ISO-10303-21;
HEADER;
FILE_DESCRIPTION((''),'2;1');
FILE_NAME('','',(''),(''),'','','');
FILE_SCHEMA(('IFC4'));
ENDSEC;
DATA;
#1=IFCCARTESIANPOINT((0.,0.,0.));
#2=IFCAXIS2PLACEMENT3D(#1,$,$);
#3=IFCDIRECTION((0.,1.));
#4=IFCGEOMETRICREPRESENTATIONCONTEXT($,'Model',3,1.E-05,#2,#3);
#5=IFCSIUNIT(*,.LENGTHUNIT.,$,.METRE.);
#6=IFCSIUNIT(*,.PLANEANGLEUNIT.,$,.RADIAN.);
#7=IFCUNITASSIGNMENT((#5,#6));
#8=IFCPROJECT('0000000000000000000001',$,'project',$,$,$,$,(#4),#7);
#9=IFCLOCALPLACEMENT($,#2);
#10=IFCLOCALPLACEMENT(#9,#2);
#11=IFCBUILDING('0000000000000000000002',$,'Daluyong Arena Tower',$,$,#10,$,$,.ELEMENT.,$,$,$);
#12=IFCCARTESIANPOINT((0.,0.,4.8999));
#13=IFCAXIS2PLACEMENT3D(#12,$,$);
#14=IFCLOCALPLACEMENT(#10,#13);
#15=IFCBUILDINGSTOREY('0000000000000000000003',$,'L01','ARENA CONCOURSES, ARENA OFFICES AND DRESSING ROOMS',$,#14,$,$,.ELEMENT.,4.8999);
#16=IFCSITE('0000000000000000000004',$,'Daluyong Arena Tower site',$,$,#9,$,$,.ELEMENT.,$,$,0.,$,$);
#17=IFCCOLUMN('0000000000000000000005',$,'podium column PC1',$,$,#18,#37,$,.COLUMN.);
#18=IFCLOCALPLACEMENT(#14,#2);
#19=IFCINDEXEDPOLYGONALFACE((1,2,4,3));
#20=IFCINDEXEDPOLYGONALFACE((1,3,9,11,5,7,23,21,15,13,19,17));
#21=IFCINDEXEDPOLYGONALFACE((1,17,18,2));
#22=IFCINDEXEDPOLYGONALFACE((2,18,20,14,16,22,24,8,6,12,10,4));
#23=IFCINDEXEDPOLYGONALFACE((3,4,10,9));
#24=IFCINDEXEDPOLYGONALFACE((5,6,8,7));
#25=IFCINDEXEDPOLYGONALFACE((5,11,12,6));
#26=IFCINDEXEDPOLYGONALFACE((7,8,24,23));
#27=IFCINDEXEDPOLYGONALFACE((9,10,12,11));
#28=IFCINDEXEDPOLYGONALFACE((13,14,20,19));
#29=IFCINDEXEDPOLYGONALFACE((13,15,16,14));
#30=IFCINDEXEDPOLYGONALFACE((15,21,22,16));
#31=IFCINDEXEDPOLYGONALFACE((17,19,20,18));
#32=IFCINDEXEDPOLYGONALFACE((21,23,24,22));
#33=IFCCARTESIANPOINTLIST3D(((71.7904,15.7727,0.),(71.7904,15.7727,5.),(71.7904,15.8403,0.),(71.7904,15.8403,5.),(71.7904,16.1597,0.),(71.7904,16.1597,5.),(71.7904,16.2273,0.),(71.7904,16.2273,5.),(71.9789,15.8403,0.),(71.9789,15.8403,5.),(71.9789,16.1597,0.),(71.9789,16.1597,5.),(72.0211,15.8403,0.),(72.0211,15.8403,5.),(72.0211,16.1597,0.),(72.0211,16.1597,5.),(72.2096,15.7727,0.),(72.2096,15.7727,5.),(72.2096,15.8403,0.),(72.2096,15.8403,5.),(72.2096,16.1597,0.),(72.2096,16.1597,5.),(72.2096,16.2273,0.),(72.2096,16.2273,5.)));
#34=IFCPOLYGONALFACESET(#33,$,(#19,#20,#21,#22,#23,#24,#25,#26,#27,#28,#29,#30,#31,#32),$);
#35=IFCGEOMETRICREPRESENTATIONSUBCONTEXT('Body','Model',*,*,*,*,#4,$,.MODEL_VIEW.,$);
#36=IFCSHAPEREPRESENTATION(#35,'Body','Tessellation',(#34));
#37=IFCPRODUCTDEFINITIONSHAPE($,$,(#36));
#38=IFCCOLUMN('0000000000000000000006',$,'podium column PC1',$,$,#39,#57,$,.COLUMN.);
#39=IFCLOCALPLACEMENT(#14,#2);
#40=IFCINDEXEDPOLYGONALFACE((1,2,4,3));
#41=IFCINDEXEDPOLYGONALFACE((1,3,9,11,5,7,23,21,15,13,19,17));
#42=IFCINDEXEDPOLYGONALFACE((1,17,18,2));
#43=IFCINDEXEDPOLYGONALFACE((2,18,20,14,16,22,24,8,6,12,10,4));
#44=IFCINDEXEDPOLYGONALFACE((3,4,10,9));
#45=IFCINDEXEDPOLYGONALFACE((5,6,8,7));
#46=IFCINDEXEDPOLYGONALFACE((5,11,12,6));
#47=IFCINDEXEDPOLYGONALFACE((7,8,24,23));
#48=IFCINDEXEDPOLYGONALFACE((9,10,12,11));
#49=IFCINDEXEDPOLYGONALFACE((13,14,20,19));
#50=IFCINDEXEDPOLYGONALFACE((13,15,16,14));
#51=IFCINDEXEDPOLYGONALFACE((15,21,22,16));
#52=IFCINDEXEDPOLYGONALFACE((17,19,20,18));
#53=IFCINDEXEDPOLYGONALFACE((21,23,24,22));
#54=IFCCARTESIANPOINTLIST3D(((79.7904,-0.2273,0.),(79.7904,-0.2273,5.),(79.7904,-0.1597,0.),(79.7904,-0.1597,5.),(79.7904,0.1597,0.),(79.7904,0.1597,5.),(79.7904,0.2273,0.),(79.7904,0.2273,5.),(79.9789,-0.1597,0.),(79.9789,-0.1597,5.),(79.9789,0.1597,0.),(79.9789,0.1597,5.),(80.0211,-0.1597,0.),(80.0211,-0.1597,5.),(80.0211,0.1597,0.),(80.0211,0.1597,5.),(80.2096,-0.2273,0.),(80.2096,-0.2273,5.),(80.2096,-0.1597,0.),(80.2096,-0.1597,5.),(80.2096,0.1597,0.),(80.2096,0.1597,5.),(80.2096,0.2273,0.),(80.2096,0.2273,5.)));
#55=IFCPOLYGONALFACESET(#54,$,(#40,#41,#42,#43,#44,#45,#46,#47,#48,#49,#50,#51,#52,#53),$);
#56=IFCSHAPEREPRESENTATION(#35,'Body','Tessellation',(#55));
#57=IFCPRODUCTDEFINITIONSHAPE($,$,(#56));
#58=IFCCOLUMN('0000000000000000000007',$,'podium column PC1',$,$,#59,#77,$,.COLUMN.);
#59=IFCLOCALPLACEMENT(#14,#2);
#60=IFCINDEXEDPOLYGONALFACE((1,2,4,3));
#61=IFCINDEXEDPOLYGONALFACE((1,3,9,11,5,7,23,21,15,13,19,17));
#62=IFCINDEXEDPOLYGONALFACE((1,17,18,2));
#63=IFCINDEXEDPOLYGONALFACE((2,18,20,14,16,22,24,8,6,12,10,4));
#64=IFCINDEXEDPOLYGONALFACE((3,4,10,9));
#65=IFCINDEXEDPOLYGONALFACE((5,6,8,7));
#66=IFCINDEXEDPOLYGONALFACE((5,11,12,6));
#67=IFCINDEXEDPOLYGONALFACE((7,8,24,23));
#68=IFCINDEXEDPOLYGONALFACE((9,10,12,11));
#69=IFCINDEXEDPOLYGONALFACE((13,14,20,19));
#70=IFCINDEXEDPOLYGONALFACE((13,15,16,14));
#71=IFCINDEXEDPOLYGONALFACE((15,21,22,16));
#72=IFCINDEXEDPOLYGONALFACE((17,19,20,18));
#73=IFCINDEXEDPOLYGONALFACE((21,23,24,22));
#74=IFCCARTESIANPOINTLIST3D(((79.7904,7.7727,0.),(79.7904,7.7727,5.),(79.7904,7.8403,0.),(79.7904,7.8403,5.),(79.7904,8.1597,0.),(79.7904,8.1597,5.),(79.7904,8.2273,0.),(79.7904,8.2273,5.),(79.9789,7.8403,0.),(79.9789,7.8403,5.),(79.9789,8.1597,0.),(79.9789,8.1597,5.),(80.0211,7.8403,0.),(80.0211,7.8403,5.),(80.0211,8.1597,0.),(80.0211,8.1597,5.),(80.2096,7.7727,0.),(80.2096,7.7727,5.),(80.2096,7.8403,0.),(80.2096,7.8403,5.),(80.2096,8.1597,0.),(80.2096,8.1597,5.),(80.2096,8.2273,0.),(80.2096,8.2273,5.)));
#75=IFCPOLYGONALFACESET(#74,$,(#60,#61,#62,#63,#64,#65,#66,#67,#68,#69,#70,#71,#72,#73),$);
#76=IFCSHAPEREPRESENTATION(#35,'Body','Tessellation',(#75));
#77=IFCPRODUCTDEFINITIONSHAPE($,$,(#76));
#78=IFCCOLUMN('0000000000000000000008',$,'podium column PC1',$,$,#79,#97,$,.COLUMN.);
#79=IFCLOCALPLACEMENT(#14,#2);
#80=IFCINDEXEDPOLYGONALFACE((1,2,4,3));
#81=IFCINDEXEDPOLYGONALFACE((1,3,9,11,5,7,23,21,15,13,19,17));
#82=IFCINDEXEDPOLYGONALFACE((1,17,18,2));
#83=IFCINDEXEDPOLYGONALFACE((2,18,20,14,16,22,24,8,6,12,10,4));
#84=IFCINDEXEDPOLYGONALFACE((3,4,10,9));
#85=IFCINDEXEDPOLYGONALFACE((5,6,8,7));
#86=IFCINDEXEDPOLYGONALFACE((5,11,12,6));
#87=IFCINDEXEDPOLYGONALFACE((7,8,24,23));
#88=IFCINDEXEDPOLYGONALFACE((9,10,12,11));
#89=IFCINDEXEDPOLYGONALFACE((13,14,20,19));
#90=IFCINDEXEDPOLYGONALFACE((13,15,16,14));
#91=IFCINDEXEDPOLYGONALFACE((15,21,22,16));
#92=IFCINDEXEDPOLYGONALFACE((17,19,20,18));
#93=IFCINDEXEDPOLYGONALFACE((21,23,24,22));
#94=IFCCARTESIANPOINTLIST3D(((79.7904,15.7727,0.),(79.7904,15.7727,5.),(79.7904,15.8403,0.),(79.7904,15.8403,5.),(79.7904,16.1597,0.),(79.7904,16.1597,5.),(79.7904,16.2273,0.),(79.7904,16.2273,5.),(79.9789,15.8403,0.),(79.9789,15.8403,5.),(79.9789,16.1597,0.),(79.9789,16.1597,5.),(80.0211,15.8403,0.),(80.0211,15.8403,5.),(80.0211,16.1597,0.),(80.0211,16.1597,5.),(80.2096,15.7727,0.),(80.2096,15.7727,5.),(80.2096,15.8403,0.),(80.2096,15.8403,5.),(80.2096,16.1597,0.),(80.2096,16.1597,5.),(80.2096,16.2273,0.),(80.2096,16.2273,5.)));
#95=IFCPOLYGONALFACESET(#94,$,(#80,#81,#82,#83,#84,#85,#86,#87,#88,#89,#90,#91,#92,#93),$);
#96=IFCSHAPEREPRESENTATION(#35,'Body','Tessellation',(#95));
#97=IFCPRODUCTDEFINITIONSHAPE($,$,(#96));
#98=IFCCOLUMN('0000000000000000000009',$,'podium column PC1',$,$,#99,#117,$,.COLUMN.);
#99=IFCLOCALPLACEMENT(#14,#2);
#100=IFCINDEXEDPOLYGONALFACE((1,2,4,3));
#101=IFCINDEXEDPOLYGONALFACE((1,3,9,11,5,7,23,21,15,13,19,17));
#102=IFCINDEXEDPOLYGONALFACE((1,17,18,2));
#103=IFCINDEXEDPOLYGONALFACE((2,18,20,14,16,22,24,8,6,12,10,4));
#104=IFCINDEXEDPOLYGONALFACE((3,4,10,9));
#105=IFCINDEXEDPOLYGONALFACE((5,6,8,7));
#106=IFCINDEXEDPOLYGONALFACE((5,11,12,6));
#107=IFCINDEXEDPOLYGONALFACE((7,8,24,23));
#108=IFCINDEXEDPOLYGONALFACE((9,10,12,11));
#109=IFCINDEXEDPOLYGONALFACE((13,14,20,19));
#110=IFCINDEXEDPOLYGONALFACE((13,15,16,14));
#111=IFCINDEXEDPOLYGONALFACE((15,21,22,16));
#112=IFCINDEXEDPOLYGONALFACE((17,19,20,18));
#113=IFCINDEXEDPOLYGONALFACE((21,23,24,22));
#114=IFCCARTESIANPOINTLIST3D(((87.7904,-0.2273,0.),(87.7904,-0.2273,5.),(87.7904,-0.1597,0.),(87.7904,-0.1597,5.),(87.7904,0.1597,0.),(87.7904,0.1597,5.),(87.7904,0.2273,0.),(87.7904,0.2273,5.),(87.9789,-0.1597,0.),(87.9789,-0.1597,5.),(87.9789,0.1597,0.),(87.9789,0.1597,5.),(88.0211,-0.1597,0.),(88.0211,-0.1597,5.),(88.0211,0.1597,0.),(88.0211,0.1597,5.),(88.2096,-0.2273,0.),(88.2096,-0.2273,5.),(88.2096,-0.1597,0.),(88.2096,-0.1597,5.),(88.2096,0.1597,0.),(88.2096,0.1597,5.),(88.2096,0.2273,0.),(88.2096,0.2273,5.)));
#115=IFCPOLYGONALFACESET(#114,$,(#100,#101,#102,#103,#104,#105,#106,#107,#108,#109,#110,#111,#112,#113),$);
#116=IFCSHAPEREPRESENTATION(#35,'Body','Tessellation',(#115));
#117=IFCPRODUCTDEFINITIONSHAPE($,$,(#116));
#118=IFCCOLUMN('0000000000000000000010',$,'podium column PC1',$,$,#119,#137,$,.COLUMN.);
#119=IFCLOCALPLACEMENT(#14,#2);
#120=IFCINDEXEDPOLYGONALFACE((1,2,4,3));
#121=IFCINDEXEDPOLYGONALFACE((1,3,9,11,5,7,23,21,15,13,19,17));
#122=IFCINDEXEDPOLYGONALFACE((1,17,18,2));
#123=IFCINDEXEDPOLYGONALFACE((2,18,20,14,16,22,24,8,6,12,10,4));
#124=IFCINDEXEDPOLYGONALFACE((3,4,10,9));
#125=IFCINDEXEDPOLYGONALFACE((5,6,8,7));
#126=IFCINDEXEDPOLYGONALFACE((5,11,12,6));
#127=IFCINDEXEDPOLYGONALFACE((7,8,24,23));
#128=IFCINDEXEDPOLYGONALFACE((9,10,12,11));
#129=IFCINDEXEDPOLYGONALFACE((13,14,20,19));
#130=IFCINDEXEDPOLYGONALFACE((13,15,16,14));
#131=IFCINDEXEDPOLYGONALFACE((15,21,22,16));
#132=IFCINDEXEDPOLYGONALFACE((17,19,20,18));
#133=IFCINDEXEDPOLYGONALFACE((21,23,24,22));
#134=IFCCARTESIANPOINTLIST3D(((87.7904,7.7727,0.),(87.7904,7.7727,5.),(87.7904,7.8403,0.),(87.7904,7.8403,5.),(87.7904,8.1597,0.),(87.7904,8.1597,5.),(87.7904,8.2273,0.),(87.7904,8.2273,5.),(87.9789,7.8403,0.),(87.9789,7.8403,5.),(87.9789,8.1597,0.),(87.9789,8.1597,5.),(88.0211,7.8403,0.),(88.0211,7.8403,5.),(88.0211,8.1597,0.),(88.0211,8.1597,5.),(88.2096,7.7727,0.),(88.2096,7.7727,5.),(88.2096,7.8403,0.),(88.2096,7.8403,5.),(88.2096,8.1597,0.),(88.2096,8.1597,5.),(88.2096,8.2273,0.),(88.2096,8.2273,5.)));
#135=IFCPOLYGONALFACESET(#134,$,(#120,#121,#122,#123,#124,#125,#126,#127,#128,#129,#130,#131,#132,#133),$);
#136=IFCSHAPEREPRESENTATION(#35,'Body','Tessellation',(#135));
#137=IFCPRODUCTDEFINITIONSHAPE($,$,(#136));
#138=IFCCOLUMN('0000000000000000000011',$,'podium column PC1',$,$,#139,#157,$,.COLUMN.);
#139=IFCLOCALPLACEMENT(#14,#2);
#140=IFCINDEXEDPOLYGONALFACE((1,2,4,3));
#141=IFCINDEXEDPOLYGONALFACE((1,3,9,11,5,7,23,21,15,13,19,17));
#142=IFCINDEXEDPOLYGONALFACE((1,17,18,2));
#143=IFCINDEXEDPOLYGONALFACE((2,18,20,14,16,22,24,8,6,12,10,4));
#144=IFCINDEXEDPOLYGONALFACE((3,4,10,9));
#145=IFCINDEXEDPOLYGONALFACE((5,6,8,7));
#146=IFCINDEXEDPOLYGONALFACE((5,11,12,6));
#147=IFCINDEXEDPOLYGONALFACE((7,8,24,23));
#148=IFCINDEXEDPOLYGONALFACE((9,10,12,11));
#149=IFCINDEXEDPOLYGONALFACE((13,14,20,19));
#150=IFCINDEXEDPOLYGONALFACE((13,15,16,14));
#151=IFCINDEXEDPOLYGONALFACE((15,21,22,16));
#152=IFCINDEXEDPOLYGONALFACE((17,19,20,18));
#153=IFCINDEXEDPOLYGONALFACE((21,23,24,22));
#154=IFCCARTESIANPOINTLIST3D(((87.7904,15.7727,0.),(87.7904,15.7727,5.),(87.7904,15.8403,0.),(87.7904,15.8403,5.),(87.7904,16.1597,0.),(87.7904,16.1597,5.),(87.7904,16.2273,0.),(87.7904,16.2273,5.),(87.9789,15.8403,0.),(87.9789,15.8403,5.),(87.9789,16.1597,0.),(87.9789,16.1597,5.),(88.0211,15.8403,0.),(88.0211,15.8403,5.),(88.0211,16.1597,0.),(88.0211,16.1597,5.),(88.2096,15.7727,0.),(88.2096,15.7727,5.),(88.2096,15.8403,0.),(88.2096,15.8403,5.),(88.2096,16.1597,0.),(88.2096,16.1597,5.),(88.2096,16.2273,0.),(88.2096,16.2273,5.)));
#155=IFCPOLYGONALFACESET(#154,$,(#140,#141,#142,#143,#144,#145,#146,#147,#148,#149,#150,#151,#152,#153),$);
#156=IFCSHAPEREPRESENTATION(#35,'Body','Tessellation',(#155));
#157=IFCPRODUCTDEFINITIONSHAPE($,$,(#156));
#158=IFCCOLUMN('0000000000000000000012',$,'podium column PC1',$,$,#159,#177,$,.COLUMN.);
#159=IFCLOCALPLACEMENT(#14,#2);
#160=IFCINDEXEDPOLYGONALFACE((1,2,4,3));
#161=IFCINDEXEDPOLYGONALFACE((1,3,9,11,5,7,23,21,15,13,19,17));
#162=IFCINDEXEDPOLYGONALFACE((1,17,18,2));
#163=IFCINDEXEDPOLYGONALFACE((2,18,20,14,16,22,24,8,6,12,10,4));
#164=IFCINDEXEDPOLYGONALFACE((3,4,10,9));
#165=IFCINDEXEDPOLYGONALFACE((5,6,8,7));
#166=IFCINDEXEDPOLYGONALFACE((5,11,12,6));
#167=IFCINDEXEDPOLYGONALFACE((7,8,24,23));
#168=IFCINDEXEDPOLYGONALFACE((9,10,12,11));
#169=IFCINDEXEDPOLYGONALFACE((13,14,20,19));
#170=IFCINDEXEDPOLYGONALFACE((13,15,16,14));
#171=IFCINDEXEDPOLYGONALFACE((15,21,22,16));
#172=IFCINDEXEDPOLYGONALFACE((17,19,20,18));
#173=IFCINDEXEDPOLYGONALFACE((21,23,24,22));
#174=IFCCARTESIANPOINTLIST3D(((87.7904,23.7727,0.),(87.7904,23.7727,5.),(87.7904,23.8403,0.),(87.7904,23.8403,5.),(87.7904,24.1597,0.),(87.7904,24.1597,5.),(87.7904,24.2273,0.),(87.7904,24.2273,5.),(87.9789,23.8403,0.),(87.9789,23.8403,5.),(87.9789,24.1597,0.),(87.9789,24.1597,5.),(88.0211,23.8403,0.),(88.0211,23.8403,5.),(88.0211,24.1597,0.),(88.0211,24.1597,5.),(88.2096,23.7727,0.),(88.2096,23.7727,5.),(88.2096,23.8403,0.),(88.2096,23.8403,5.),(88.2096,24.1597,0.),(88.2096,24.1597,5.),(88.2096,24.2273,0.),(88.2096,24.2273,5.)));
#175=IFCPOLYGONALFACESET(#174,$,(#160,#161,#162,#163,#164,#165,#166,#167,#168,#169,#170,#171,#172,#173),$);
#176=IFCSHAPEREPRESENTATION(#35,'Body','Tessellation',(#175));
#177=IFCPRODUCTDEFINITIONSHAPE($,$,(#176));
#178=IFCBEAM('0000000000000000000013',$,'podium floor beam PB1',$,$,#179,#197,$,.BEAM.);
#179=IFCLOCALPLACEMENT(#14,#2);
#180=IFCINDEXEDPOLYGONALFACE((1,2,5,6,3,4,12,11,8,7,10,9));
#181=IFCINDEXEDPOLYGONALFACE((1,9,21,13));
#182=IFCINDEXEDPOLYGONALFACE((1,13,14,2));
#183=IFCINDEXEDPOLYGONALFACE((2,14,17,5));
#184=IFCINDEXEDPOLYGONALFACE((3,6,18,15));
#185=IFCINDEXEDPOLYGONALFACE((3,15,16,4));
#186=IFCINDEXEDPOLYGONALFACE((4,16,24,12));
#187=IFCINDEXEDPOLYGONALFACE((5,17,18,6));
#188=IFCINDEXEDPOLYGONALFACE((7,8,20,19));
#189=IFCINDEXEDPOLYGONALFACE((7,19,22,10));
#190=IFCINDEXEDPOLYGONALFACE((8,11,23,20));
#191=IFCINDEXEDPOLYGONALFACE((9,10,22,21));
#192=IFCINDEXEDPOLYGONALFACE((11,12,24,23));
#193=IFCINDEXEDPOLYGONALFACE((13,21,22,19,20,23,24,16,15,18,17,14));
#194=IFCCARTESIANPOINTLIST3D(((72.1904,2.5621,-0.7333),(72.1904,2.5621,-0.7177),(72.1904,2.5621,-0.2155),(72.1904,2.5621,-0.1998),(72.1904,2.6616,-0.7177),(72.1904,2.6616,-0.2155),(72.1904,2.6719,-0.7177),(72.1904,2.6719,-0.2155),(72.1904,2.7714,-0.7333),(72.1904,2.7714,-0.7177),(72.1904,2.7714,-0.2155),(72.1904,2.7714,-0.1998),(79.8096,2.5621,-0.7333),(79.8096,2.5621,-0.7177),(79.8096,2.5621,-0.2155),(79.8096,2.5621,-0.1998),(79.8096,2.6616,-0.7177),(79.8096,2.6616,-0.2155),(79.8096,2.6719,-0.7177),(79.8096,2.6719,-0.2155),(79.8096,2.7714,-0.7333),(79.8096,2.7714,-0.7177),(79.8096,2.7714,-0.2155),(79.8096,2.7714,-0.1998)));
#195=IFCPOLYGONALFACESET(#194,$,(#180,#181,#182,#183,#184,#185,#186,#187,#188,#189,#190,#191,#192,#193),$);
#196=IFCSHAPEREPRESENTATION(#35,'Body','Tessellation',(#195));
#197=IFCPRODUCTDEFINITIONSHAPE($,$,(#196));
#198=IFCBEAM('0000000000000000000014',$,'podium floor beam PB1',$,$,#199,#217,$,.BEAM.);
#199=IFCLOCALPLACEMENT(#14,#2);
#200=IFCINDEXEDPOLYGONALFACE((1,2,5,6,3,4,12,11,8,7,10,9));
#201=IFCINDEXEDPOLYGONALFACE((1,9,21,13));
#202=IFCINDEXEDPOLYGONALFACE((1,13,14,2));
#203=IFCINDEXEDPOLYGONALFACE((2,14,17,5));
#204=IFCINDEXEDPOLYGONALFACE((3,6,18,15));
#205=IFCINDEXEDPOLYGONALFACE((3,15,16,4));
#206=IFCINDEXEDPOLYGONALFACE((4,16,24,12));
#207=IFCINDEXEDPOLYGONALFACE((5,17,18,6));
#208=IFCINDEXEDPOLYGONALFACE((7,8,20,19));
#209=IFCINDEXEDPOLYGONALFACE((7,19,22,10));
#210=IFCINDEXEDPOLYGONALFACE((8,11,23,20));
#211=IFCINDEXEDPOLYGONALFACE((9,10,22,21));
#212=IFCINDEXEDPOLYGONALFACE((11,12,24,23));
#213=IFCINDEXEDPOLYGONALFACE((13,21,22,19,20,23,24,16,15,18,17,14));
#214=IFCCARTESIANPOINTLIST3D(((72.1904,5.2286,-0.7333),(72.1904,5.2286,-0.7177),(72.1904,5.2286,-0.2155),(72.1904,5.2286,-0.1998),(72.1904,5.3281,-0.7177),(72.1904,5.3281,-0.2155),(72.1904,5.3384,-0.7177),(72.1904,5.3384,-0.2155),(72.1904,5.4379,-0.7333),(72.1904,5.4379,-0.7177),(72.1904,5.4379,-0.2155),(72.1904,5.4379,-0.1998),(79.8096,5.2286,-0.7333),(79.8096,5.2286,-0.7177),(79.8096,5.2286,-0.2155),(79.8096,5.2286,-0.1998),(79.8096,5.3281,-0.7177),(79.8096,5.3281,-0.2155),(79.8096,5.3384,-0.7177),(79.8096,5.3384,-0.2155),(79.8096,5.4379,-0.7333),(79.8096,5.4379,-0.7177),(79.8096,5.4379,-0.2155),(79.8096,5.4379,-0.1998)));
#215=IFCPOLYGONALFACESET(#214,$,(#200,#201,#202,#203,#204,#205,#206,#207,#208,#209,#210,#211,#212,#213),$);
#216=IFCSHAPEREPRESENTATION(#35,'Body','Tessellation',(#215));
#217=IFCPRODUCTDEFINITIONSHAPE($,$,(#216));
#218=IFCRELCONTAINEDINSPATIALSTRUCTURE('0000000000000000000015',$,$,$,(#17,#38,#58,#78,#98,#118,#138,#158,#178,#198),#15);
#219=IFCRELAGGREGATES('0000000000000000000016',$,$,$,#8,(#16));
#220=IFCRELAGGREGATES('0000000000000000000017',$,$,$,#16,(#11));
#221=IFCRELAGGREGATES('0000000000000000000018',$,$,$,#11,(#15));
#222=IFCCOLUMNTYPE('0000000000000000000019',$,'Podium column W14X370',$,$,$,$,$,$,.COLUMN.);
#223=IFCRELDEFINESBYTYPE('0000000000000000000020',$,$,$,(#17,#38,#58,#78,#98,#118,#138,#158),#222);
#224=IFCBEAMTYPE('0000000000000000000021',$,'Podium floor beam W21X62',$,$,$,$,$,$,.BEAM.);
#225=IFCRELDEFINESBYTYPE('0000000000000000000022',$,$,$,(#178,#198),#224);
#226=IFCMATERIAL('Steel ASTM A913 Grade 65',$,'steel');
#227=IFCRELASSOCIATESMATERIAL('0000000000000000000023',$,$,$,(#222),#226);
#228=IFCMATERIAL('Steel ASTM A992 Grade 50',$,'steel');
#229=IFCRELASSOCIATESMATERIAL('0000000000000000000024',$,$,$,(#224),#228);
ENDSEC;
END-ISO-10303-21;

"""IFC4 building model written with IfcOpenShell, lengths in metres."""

from ifc_helpers import new_model, si_unit, direction, frame, origin, origin_2d, place, context, subcontext, project, spatial, i_section, extrude, material, material_profile, profile_set, type_object, element, save


model = new_model("IFC4")

# Units and contexts
model_context = context("Model", 3, precision=1e-05, world=origin(), true_north=direction((0.0, 1.0)))
body_context = subcontext(model_context, "Body", "Model", "MODEL_VIEW")
ifc_project = project(units=[si_unit("LENGTHUNIT", "METRE"), si_unit("PLANEANGLEUNIT", "RADIAN")], contexts=[model_context])

# Site, building, storey
site_placement = place(None, origin())
site = spatial("IfcSite", under=ifc_project, at=site_placement, Name="Daluyong Arena Tower site", CompositionType="ELEMENT", RefElevation=0.0)
building_placement = place(site_placement, origin())
building = spatial("IfcBuilding", under=site, at=building_placement, Name="Daluyong Arena Tower", CompositionType="ELEMENT")
storey_placement = place(building_placement, frame((0.0, 0.0, 4.8999)))
storey = spatial("IfcBuildingStorey", under=building, at=storey_placement, Name="L01", Description="ARENA CONCOURSES, ARENA OFFICES AND DRESSING ROOMS", CompositionType="ELEMENT", Elevation=4.8999)

# Columns
ifc_material_1 = material(Name="Steel ASTM A913 Grade 65", Category="steel")
ifc_material_profile_1 = material_profile(ifc_material_1, i_section(OverallWidth=0.4192, OverallDepth=0.4546, WebThickness=0.0422, FlangeThickness=0.0676, at=origin_2d()))
ifc_profile_set_1 = profile_set([ifc_material_profile_1], Name="Steel ASTM A913 Grade 65")
column_type = type_object("IfcColumnType", Name="Podium column W14X370", PredefinedType="COLUMN", material=ifc_profile_set_1)
for number, where, z_axis, x_axis, name in (
    (1, (72.0, 16.0, 0.0), (0.0, 0.0, 1.0), (1.0, 0.0, 0.0), "podium column PC1"),
    (2, (80.0, 0.0, 0.0), (0.0, 0.0, 1.0), (1.0, 0.0, 0.0), "podium column PC1"),
    (3, (80.0, 8.0, 0.0), (0.0, 0.0, 1.0), (1.0, 0.0, 0.0), "podium column PC1"),
    (4, (80.0, 16.0, 0.0), (0.0, 0.0, 1.0), (1.0, 0.0, 0.0), "podium column PC1"),
    (5, (88.0, 0.0, 0.0), (0.0, 0.0, 1.0), (1.0, 0.0, 0.0), "podium column PC1"),
    (6, (88.0, 8.0, 0.0), (0.0, 0.0, 1.0), (1.0, 0.0, 0.0), "podium column PC1"),
    (7, (88.0, 16.0, 0.0), (0.0, 0.0, 1.0), (1.0, 0.0, 0.0), "podium column PC1"),
    (8, (88.0, 24.0, 0.0), (0.0, 0.0, 1.0), (1.0, 0.0, 0.0), "podium column PC1"),
):
    element("IfcColumn", number, at=place(storey_placement, frame(where, z_axis=z_axis, x_axis=x_axis)), inside=storey, type_object=column_type, Name=name, PredefinedType="COLUMN", context=body_context, shape_type="SweptSolid", body=[
        extrude(i_section(OverallWidth=0.4192, OverallDepth=0.4546, WebThickness=0.0422, FlangeThickness=0.0676, at=origin_2d()), origin(), (0.0, 0.0, 1.0), 5.0),
    ])

# Beams
ifc_material_2 = material(Name="Steel ASTM A992 Grade 50", Category="steel")
ifc_material_profile_2 = material_profile(ifc_material_2, i_section(OverallWidth=0.2092, OverallDepth=0.5334, WebThickness=0.0103, FlangeThickness=0.0156, at=origin_2d()))
ifc_profile_set_2 = profile_set([ifc_material_profile_2], Name="Steel ASTM A992 Grade 50")
beam_type_1 = type_object("IfcBeamType", Name="Podium floor beam W21X62", PredefinedType="BEAM", material=ifc_profile_set_2)
for number, where, z_axis, x_axis, name in (
    (9, (72.1904, 2.6667, -0.4666), (1.0, 0.0, 0.0), (0.0, 1.0, 0.0), "podium floor beam PB1"),
    (10, (72.1904, 5.3333, -0.4666), (1.0, 0.0, 0.0), (0.0, 1.0, 0.0), "podium floor beam PB1"),
):
    element("IfcBeam", number, at=place(storey_placement, frame(where, z_axis=z_axis, x_axis=x_axis)), inside=storey, type_object=beam_type_1, Name=name, PredefinedType="BEAM", context=body_context, shape_type="SweptSolid", body=[
        extrude(i_section(OverallWidth=0.2092, OverallDepth=0.5334, WebThickness=0.0103, FlangeThickness=0.0156, at=origin_2d()), origin(), (0.0, 0.0, 1.0), 7.6191),
    ])

save(model, "model.ifc")
